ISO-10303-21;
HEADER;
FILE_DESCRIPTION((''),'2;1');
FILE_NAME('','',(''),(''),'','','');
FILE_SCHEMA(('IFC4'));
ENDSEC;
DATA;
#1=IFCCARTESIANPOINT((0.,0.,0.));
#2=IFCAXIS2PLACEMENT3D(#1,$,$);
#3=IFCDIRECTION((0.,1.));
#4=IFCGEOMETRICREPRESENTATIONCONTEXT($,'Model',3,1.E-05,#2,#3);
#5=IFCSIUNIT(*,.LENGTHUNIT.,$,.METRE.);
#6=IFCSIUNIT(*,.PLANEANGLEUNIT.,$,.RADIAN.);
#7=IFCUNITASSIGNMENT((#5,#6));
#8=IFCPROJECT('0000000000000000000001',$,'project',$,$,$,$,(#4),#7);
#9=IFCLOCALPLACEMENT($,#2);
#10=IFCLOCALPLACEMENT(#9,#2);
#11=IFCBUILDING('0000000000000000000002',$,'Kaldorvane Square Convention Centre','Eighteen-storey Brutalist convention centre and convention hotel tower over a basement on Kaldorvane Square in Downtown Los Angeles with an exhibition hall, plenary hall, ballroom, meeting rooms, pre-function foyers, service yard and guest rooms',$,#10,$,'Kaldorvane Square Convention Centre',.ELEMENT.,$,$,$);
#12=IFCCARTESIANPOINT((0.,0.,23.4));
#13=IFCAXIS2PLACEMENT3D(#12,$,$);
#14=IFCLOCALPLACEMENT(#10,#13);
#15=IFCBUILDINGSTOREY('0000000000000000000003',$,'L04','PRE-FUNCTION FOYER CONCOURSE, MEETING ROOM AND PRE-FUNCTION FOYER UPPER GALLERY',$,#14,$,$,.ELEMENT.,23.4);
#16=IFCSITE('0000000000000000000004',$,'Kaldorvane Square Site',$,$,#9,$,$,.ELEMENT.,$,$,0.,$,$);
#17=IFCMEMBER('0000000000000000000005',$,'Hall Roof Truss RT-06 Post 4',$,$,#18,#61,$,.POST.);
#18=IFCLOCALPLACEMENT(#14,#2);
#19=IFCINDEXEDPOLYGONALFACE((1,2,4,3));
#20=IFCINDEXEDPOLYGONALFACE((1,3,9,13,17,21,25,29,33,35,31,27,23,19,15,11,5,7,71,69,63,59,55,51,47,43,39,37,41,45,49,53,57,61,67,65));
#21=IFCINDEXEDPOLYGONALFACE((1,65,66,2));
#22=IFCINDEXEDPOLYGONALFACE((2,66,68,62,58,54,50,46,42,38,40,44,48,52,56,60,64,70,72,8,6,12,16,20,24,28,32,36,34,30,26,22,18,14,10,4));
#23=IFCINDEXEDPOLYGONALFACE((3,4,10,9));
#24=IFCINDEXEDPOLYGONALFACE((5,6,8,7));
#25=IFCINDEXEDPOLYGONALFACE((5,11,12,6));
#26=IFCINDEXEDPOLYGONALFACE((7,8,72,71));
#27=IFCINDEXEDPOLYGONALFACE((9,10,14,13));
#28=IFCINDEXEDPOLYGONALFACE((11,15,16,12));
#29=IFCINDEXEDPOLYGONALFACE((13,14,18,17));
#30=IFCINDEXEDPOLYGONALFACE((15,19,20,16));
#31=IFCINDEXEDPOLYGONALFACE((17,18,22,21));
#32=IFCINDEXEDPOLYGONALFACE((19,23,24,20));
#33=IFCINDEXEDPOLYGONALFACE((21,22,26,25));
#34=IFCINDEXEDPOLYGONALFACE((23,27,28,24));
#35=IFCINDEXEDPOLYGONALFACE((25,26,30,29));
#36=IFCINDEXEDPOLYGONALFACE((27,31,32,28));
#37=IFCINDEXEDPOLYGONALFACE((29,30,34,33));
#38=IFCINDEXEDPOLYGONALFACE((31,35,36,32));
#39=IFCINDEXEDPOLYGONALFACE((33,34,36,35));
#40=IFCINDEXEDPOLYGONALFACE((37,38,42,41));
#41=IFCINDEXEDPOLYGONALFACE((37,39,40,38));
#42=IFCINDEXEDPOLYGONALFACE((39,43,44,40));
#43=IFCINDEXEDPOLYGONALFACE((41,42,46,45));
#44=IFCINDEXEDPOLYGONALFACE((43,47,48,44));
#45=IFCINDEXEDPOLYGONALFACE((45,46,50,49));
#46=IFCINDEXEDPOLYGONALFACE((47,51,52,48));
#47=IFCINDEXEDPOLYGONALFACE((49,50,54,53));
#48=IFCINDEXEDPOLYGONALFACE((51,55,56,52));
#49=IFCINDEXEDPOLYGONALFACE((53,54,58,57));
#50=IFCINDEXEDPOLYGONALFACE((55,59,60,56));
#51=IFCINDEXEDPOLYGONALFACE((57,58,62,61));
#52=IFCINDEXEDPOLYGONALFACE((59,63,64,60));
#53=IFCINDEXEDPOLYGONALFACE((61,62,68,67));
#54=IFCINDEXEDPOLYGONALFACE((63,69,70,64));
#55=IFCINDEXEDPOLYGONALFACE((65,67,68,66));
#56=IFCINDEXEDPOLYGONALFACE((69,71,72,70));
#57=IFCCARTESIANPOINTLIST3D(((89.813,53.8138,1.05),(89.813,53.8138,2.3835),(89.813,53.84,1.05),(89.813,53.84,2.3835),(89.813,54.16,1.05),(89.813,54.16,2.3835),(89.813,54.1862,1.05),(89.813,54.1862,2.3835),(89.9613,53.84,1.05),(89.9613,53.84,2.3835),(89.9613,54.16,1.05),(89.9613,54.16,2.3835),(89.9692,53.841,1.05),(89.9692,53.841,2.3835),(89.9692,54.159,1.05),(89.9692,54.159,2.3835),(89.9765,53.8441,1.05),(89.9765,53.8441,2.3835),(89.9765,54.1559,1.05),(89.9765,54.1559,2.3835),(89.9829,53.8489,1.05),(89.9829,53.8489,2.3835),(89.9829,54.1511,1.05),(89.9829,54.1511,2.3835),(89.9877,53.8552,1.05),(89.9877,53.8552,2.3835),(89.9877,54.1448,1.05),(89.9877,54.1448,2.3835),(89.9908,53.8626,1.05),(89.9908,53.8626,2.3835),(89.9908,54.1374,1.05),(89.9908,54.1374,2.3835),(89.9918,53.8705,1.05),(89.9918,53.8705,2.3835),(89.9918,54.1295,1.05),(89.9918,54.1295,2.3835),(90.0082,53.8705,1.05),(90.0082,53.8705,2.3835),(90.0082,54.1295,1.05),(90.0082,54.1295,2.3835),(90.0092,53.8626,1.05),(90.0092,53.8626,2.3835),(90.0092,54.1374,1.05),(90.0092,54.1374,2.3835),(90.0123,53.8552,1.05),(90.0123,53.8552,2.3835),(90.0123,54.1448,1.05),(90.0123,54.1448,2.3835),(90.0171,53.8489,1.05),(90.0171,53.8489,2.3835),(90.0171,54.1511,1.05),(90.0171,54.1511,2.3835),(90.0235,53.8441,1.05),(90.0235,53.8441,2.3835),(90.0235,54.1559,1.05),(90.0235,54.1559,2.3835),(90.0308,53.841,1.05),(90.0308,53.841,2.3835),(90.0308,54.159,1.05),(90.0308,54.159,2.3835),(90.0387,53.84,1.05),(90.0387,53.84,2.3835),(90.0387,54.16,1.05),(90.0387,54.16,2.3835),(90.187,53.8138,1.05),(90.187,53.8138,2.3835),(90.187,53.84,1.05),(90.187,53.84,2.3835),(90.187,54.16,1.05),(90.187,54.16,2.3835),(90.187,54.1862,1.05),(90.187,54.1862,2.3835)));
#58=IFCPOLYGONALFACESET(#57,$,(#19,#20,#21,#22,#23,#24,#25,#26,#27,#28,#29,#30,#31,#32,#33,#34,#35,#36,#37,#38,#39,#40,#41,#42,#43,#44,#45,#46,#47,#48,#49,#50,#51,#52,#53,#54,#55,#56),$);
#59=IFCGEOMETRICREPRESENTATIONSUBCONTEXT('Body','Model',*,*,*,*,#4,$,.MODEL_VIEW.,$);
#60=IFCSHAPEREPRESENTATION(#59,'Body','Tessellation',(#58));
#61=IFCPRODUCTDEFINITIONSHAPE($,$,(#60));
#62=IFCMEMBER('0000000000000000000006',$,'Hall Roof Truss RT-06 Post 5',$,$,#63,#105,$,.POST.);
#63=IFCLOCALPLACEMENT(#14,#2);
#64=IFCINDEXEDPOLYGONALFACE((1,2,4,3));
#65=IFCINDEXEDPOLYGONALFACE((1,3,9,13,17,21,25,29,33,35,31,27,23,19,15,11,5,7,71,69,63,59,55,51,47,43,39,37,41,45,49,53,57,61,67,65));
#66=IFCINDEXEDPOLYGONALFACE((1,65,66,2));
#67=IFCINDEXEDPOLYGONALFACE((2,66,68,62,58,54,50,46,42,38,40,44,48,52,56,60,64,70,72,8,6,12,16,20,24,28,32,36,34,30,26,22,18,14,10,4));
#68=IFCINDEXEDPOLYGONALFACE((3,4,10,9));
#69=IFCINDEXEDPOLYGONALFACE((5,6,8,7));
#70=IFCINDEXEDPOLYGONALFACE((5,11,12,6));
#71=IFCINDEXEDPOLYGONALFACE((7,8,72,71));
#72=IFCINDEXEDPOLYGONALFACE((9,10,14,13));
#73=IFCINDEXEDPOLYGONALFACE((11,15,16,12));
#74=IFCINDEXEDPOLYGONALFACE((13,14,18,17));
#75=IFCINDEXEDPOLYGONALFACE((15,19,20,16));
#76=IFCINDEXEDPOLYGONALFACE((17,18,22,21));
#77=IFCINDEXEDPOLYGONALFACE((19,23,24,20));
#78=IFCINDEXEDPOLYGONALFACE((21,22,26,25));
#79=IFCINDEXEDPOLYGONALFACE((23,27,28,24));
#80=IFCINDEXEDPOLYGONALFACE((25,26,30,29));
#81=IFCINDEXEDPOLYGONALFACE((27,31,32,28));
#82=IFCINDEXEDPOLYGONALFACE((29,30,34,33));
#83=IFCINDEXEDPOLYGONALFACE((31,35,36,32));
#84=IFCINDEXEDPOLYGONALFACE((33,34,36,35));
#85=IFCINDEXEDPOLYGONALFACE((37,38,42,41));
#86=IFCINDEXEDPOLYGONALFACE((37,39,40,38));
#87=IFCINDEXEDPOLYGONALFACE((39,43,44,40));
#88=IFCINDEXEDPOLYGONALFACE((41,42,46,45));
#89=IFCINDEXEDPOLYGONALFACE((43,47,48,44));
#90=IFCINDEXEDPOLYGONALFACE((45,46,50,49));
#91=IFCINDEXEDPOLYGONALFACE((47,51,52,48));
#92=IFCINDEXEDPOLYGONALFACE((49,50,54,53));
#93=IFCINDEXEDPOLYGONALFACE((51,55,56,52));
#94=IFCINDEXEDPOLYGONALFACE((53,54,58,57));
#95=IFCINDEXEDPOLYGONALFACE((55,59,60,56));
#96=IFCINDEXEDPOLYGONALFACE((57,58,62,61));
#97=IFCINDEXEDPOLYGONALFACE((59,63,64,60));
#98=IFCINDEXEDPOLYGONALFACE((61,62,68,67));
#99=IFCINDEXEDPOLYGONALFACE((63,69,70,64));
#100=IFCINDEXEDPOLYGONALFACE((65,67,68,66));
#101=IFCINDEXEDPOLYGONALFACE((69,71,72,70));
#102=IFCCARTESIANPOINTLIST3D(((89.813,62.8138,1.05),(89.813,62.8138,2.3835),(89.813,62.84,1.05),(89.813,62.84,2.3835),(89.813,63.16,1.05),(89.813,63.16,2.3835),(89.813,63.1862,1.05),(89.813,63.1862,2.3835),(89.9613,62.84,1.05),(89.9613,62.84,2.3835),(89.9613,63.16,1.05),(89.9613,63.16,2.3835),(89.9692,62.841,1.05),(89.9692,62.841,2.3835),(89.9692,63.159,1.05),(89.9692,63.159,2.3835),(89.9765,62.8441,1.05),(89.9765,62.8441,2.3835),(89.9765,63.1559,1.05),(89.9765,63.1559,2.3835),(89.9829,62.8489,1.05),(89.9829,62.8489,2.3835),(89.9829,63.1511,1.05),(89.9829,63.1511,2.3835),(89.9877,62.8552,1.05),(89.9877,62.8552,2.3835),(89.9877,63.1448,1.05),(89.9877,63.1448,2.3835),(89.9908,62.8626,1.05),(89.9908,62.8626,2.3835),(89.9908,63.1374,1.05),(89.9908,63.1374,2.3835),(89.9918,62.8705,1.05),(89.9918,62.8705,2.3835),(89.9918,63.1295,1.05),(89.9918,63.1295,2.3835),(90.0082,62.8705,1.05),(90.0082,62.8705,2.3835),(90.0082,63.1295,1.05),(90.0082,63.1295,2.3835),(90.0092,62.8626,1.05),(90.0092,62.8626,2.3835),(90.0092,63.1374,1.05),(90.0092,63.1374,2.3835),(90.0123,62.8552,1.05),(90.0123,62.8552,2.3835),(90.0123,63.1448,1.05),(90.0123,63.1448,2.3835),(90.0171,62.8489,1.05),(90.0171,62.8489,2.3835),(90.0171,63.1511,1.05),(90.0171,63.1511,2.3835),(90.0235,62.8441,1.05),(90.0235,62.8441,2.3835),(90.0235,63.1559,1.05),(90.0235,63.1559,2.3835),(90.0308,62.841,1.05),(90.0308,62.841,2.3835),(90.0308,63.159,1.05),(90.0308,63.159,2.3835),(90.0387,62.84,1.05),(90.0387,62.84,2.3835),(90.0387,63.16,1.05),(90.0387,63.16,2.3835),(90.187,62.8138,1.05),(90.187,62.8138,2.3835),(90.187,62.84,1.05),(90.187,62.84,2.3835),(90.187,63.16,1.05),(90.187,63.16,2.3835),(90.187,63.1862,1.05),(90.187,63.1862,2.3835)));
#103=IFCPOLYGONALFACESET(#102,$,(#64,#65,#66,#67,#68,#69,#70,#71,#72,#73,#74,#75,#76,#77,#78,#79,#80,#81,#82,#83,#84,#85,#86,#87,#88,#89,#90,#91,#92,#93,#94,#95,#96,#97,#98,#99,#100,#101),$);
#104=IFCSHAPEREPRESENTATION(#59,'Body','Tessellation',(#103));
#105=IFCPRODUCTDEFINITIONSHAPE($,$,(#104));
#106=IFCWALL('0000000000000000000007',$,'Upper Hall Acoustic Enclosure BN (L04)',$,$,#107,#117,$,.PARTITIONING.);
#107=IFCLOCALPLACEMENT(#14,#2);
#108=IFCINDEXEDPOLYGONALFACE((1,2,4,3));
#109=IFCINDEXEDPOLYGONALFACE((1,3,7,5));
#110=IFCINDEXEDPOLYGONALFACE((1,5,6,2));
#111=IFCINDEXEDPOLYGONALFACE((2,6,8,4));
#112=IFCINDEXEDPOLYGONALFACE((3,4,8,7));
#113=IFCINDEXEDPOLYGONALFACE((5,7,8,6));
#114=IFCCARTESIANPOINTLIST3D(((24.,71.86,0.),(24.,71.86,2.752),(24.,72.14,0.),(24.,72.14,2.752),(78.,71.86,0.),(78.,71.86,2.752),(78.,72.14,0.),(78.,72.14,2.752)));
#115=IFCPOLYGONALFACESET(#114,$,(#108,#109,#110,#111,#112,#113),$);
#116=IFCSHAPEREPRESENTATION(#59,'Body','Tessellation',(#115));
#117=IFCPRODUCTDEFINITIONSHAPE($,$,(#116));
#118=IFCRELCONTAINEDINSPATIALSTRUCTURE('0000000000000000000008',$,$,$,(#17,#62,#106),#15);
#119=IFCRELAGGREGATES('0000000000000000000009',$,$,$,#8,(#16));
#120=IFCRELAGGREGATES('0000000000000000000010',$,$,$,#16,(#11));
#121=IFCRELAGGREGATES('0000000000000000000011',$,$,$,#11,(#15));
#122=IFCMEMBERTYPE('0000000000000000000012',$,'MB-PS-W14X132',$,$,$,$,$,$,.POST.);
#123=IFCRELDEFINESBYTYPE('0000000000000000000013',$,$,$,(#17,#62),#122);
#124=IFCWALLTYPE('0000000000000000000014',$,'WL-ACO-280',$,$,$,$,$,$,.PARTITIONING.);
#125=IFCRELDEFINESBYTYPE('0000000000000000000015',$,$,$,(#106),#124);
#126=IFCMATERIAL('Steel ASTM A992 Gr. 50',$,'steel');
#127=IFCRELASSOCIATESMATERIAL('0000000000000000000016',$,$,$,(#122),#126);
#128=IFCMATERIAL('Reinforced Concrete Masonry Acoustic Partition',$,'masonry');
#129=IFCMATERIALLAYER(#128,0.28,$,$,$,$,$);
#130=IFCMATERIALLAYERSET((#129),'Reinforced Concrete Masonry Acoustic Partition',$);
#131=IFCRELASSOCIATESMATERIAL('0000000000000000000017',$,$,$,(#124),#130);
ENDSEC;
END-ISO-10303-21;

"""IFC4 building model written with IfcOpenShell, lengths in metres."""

from ifc_helpers import new_model, si_unit, direction, frame, frame_2d, origin, origin_2d, place, context, subcontext, project, spatial, rectangle, i_section, extrude, material, layer, layer_set, material_profile, profile_set, type_object, element, save


model = new_model("IFC4")

# Units and contexts
model_context = context("Model", 3, precision=1e-05, world=origin(), true_north=direction((0.0, 1.0)))
body_context = subcontext(model_context, "Body", "Model", "MODEL_VIEW")
ifc_project = project(units=[si_unit("LENGTHUNIT", "METRE"), si_unit("PLANEANGLEUNIT", "RADIAN")], contexts=[model_context])

# Site, building, storey
site_placement = place(None, origin())
site = spatial("IfcSite", under=ifc_project, at=site_placement, Name="Kaldorvane Square Site", CompositionType="ELEMENT", RefElevation=0.0)
building_placement = place(site_placement, origin())
building = spatial("IfcBuilding", under=site, at=building_placement, Name="Kaldorvane Square Convention Centre", Description="Eighteen-storey Brutalist convention centre and convention hotel tower over a basement on Kaldorvane Square in Downtown Los Angeles with an exhibition hall, plenary hall, ballroom, meeting rooms, pre-function foyers, service yard and guest rooms", LongName="Kaldorvane Square Convention Centre", CompositionType="ELEMENT")
storey_placement = place(building_placement, frame((0.0, 0.0, 23.4)))
storey = spatial("IfcBuildingStorey", under=building, at=storey_placement, Name="L04", Description="PRE-FUNCTION FOYER CONCOURSE, MEETING ROOM AND PRE-FUNCTION FOYER UPPER GALLERY", CompositionType="ELEMENT", Elevation=23.4)

# Shared definitions
ifc_material_1 = material(Name="Steel ASTM A992 Gr. 50", Category="steel")

# Members
ifc_material_profile_1 = material_profile(ifc_material_1, i_section(OverallWidth=0.374, OverallDepth=0.3724, WebThickness=0.0164, FlangeThickness=0.0262, FilletRadius=0.0305, at=origin_2d()), Name="W14X132")
ifc_profile_set_1 = profile_set([ifc_material_profile_1], Name="Steel ASTM A992 Gr. 50")
member_type_1 = type_object("IfcMemberType", Name="MB-PS-W14X132", PredefinedType="POST", material=ifc_profile_set_1)
for number, where, z_axis, x_axis, name in (
    (1, (90.0, 54.0, 1.05), (0.0, 0.0, 1.0), (1.0, 0.0, 0.0), "Hall Roof Truss RT-06 Post 4"),
    (2, (90.0, 63.0, 1.05), (0.0, 0.0, 1.0), (1.0, 0.0, 0.0), "Hall Roof Truss RT-06 Post 5"),
):
    element("IfcMember", number, at=place(storey_placement, frame(where, z_axis=z_axis, x_axis=x_axis)), inside=storey, type_object=member_type_1, Name=name, PredefinedType="POST", context=body_context, shape_type="SweptSolid", body=[
        extrude(i_section(OverallWidth=0.374, OverallDepth=0.3724, WebThickness=0.0164, FlangeThickness=0.0262, FilletRadius=0.0305, at=origin_2d()), origin(), (0.0, 0.0, 1.0), 1.3335),
    ])

# Wall
ifc_material_2 = material(Name="Reinforced Concrete Masonry Acoustic Partition", Category="masonry")
ifc_layer = layer(ifc_material_2, 0.28)
ifc_layer_set = layer_set([ifc_layer], Name="Reinforced Concrete Masonry Acoustic Partition")
wall_type = type_object("IfcWallType", Name="WL-ACO-280", PredefinedType="PARTITIONING", material=ifc_layer_set)
wall_placement = place(storey_placement, frame((78.0, 72.0, 0.0), z_axis=(0.0, 0.0, 1.0), x_axis=(-1.0, 0.0, 0.0)))
element("IfcWall", 3, at=wall_placement, inside=storey, type_object=wall_type, Name="Upper Hall Acoustic Enclosure BN (L04)", PredefinedType="PARTITIONING", context=body_context, shape_type="SweptSolid", body=[
    extrude(rectangle(XDim=54.0, YDim=0.28, at=frame_2d((27.0, 0.0))), origin(), (0.0, 0.0, 1.0), 2.752),
])

save(model, "model.ifc")
